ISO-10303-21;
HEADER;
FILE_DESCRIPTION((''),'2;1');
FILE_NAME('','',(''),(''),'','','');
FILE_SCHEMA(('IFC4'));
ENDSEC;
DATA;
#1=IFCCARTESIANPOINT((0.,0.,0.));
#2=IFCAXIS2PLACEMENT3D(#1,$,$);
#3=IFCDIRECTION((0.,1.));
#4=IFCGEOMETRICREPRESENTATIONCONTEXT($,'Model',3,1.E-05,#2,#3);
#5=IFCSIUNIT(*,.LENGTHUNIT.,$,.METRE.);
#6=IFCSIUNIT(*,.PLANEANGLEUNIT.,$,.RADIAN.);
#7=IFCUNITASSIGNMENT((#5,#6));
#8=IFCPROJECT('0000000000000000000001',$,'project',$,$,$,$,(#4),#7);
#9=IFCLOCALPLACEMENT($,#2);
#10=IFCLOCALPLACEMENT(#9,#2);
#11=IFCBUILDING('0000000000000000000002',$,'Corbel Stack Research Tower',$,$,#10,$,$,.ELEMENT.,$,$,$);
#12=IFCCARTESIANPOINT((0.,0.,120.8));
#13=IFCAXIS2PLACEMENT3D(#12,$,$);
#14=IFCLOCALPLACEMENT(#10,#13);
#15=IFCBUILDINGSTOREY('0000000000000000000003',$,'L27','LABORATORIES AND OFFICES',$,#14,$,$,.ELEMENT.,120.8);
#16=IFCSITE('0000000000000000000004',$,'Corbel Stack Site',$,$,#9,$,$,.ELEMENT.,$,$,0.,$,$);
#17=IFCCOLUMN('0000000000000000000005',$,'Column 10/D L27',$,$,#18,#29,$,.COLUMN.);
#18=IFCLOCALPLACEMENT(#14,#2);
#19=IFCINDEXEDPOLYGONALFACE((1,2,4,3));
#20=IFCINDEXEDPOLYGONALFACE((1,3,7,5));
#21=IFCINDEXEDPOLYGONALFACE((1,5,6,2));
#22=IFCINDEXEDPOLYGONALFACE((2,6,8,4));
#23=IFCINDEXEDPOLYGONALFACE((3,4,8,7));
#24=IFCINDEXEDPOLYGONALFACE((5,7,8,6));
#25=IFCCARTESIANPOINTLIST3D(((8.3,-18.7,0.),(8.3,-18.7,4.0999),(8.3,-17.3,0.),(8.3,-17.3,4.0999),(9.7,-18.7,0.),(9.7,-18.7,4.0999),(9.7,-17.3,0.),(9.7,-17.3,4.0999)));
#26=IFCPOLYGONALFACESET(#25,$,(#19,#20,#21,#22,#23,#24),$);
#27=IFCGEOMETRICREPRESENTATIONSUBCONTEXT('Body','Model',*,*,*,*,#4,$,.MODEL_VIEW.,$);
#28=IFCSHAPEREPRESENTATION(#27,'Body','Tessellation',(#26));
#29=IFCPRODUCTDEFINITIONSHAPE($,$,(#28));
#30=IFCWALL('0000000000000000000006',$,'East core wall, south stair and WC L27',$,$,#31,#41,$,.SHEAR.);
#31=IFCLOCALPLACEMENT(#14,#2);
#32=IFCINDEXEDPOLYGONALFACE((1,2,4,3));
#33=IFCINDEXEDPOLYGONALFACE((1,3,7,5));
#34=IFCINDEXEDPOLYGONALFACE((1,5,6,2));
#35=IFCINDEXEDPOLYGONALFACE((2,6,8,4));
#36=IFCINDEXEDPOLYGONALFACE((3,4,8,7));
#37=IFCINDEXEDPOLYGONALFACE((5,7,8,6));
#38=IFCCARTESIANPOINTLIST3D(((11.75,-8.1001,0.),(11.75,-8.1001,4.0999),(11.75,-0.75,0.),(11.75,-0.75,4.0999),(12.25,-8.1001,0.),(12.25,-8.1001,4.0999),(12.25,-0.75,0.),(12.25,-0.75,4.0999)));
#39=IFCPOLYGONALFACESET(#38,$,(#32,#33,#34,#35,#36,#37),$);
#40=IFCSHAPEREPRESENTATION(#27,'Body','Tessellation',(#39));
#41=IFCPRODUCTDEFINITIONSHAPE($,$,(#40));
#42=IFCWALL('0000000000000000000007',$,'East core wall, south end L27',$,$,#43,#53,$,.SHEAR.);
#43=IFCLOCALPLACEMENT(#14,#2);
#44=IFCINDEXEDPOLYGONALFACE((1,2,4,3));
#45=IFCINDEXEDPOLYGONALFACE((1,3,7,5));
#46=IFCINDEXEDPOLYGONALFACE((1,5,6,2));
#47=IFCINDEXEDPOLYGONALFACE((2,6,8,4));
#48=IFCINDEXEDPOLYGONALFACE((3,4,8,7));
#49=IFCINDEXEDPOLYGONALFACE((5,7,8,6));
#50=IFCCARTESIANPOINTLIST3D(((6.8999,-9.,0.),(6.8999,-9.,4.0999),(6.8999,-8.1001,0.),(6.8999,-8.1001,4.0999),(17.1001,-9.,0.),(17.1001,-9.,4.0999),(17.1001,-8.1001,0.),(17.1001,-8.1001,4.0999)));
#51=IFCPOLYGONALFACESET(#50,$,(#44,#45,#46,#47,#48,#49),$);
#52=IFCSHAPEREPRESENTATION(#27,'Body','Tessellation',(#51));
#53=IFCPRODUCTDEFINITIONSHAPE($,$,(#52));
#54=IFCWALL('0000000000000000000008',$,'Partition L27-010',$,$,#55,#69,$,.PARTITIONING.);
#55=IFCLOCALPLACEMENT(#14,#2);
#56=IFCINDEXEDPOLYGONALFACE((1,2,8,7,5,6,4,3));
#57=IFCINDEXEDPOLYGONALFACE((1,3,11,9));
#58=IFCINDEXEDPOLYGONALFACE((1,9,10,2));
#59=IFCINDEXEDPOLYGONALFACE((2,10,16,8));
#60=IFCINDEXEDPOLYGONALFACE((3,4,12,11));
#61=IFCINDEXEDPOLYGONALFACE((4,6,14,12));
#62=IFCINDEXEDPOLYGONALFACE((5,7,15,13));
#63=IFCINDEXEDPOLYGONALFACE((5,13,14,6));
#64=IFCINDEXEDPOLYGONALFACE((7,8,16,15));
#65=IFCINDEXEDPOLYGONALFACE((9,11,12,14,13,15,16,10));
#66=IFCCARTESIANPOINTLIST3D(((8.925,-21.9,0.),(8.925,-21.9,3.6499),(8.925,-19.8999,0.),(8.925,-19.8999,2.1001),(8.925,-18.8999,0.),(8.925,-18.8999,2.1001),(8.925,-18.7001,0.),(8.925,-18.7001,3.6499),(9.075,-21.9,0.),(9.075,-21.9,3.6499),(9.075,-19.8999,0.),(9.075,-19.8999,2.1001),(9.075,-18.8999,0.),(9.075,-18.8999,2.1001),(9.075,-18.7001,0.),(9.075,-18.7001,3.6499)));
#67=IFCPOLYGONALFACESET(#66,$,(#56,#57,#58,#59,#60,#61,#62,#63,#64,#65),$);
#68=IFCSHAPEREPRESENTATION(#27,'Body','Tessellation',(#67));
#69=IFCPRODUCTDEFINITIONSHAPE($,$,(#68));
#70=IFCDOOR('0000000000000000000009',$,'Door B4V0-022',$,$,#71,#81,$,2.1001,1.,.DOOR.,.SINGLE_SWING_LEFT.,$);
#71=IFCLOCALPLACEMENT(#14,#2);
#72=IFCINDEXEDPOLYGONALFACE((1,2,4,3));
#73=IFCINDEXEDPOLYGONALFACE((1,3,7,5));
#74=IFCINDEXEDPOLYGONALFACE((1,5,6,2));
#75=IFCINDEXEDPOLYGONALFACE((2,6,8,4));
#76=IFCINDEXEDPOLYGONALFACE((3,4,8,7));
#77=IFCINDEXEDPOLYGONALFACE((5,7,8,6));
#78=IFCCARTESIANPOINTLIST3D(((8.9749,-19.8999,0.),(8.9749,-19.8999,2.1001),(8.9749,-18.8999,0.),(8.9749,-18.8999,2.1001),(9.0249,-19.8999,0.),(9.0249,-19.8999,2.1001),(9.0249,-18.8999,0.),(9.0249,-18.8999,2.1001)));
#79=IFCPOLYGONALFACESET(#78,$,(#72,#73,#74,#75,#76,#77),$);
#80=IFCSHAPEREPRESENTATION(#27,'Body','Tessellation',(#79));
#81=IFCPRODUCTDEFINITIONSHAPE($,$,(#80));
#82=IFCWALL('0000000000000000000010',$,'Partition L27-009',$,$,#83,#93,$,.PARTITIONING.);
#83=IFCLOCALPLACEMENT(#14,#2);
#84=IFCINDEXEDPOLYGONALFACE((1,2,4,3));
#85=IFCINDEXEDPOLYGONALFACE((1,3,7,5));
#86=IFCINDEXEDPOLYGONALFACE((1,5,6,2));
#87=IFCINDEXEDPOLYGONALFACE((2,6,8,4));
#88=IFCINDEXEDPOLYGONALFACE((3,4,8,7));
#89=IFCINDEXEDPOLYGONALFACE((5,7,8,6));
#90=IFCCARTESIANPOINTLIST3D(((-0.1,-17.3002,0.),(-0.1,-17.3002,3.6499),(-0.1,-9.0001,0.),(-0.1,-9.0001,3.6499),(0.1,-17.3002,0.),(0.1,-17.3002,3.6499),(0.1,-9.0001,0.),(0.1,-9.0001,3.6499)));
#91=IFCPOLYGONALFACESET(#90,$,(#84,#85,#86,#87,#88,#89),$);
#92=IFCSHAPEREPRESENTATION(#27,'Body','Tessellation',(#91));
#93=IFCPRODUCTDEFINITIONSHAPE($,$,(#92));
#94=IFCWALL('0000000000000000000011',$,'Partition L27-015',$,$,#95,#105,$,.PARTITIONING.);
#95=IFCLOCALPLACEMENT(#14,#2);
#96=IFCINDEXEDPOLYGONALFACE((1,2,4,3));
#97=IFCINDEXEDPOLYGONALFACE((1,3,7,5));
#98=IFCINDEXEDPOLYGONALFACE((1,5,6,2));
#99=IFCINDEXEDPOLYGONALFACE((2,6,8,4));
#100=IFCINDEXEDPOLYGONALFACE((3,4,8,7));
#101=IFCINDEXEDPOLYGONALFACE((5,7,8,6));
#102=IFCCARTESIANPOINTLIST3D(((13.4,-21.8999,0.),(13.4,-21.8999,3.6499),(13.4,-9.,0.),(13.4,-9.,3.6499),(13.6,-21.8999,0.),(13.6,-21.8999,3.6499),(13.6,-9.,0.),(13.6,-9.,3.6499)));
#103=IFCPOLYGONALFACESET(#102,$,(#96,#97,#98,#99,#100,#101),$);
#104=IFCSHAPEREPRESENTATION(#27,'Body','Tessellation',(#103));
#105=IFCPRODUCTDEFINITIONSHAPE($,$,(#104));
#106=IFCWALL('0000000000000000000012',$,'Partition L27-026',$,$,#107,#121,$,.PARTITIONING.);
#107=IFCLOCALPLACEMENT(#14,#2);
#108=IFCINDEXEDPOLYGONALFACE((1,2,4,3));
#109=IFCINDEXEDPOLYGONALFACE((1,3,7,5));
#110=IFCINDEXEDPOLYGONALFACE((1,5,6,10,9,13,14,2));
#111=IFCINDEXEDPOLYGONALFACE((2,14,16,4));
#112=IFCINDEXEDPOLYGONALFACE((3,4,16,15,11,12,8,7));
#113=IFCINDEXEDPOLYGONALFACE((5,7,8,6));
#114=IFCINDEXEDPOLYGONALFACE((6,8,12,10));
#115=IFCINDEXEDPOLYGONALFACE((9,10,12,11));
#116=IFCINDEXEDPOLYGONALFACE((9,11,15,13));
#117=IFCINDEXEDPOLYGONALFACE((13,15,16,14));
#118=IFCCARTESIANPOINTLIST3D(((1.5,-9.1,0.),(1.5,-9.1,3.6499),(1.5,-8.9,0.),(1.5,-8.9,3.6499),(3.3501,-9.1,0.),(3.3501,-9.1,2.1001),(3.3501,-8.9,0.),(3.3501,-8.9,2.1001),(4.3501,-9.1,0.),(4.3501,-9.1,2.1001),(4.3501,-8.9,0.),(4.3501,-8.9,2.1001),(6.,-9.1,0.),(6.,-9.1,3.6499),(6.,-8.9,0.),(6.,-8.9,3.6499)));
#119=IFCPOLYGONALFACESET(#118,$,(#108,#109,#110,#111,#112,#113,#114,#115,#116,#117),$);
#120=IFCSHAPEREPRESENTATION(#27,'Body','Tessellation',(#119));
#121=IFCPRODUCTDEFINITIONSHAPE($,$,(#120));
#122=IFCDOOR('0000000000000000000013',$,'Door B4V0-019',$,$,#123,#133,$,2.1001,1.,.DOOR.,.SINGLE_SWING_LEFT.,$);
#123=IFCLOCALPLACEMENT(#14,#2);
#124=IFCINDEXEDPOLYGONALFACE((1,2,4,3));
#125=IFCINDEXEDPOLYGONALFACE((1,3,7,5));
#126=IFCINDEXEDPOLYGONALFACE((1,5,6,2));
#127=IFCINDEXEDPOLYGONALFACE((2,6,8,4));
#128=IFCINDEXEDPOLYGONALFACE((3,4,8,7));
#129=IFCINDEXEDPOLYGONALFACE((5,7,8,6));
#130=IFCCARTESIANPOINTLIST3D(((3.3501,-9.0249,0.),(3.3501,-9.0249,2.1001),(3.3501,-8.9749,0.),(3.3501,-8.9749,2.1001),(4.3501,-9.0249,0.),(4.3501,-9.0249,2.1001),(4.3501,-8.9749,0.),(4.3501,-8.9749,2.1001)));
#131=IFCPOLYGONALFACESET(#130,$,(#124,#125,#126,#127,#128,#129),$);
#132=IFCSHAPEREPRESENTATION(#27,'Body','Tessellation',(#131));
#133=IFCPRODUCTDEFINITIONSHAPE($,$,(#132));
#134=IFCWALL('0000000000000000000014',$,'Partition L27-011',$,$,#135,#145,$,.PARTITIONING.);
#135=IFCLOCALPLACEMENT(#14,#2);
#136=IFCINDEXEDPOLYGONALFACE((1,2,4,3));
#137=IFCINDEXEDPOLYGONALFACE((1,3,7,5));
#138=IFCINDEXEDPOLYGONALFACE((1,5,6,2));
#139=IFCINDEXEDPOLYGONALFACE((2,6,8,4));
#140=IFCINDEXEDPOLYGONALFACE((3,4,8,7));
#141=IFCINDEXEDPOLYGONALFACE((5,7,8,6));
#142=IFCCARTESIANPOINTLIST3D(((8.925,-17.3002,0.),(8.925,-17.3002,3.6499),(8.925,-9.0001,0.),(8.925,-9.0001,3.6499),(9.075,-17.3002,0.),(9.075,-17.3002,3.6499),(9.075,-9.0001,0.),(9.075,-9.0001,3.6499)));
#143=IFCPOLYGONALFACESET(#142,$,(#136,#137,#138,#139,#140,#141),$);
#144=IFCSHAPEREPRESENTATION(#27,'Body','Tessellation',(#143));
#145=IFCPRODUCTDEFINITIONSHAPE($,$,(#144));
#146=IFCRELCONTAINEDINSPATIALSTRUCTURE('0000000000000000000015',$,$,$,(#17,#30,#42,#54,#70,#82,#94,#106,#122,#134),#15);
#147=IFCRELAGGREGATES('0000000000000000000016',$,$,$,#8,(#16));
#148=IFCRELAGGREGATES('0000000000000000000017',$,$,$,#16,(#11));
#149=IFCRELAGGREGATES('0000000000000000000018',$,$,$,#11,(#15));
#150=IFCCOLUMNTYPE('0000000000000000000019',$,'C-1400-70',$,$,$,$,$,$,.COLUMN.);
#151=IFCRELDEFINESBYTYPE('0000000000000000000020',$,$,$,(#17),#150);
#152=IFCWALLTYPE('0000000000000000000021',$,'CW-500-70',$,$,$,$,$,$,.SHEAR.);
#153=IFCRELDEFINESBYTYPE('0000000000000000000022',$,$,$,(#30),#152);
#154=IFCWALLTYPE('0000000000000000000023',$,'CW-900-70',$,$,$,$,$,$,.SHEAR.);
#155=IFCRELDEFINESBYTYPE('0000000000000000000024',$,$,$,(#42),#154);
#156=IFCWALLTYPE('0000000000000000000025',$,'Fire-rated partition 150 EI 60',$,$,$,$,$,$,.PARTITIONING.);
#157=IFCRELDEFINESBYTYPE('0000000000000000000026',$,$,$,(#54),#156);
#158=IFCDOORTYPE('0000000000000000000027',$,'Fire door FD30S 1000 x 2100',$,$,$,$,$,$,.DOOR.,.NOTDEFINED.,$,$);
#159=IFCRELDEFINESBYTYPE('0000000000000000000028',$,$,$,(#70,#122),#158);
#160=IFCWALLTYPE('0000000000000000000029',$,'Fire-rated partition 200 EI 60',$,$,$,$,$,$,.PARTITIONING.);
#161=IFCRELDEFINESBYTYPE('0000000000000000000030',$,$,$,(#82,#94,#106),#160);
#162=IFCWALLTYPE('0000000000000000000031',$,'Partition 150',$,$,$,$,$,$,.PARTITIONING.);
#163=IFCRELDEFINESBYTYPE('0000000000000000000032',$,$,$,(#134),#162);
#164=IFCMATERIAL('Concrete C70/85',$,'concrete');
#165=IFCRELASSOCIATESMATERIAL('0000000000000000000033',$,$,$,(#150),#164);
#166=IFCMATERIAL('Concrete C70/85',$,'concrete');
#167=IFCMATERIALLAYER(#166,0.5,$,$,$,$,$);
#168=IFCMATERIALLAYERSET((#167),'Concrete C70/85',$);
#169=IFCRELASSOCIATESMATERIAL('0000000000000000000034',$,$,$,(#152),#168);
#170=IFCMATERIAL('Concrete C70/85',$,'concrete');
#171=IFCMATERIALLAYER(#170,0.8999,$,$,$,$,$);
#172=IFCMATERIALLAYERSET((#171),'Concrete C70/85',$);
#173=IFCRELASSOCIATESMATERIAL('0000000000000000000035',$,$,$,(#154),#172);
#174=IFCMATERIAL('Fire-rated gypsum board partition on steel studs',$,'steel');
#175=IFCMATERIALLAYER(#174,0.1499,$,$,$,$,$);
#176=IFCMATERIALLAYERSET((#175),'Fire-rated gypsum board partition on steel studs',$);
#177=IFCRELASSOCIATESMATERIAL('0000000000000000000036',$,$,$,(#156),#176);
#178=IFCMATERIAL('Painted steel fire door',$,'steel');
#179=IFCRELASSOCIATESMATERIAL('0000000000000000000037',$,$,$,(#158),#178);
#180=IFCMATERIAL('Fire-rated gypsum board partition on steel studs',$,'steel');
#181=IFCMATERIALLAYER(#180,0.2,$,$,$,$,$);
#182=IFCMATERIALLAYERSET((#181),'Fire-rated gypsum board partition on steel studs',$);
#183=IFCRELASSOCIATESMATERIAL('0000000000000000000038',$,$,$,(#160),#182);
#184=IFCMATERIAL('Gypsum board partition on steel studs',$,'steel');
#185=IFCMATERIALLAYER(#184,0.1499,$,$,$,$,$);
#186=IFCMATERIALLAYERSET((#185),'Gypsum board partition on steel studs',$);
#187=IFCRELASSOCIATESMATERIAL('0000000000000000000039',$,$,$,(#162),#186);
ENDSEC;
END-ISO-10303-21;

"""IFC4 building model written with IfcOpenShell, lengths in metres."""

from ifc_helpers import new_model, si_unit, direction, frame, frame_2d, origin, origin_2d, place, context, subcontext, project, spatial, rectangle, extrude, material, layer, layer_set, material_profile, profile_set, type_object, element, fill, save


model = new_model("IFC4")

# Units and contexts
model_context = context("Model", 3, precision=1e-05, world=origin(), true_north=direction((0.0, 1.0)))
body_context = subcontext(model_context, "Body", "Model", "MODEL_VIEW")
ifc_project = project(units=[si_unit("LENGTHUNIT", "METRE"), si_unit("PLANEANGLEUNIT", "RADIAN")], contexts=[model_context])

# Site, building, storey
site_placement = place(None, origin())
site = spatial("IfcSite", under=ifc_project, at=site_placement, Name="Corbel Stack Site", CompositionType="ELEMENT", RefElevation=0.0)
building_placement = place(site_placement, origin())
building = spatial("IfcBuilding", under=site, at=building_placement, Name="Corbel Stack Research Tower", CompositionType="ELEMENT")
storey_placement = place(building_placement, frame((0.0, 0.0, 120.8)))
storey = spatial("IfcBuildingStorey", under=building, at=storey_placement, Name="L27", Description="LABORATORIES AND OFFICES", CompositionType="ELEMENT", Elevation=120.8)

# Column
ifc_material_1 = material(Name="Concrete C70/85", Category="concrete")
ifc_material_profile = material_profile(ifc_material_1, rectangle(XDim=1.3999, YDim=1.3999, at=origin_2d()), Name="RC 1400 x 1400")
ifc_profile_set = profile_set([ifc_material_profile], Name="Concrete C70/85")
column_type = type_object("IfcColumnType", Name="C-1400-70", PredefinedType="COLUMN", material=ifc_profile_set)
column_placement = place(storey_placement, frame((9.0, -18.0, 0.0), z_axis=(0.0, 0.0, 1.0), x_axis=(1.0, 0.0, 0.0)))
element("IfcColumn", 1, at=column_placement, inside=storey, type_object=column_type, Name="Column 10/D L27", PredefinedType="COLUMN", context=body_context, shape_type="SweptSolid", body=[
    extrude(rectangle(XDim=1.3999, YDim=1.3999, at=origin_2d()), origin(), (0.0, 0.0, 1.0), 4.0999),
])

# Wall
ifc_material_2 = material(Name="Concrete C70/85", Category="concrete")
ifc_layer_1 = layer(ifc_material_2, 0.5)
ifc_layer_set_1 = layer_set([ifc_layer_1], Name="Concrete C70/85")
wall_type_1 = type_object("IfcWallType", Name="CW-500-70", PredefinedType="SHEAR", material=ifc_layer_set_1)
wall_1_placement = place(storey_placement, frame((12.0, -8.1001, 0.0), z_axis=(0.0, 0.0, 1.0), x_axis=(0.0, 1.0, 0.0)))
element("IfcWall", 2, at=wall_1_placement, inside=storey, type_object=wall_type_1, Name="East core wall, south stair and WC L27", PredefinedType="SHEAR", context=body_context, shape_type="SweptSolid", body=[
    extrude(rectangle(XDim=7.3501, YDim=0.5, at=frame_2d((3.675, 0.0))), origin(), (0.0, 0.0, 1.0), 4.0999),
])

# Shared definitions
ifc_material_3 = material(Name="Concrete C70/85", Category="concrete")
ifc_layer_2 = layer(ifc_material_3, 0.8999)
ifc_layer_set_2 = layer_set([ifc_layer_2], Name="Concrete C70/85")
wall_type_2 = type_object("IfcWallType", Name="CW-900-70", PredefinedType="SHEAR", material=ifc_layer_set_2)

# Wall
wall_2_placement = place(storey_placement, frame((6.8999, -8.55, 0.0), z_axis=(0.0, 0.0, 1.0), x_axis=(1.0, 0.0, 0.0)))
element("IfcWall", 3, at=wall_2_placement, inside=storey, type_object=wall_type_2, Name="East core wall, south end L27", PredefinedType="SHEAR", context=body_context, shape_type="SweptSolid", body=[
    extrude(rectangle(XDim=10.2002, YDim=0.8999, at=frame_2d((5.1001, 0.0))), origin(), (0.0, 0.0, 1.0), 4.0999),
])

# Wall, opening, door
ifc_material_4 = material(Name="Fire-rated gypsum board partition on steel studs", Category="steel")
ifc_layer_3 = layer(ifc_material_4, 0.1499)
ifc_layer_set_3 = layer_set([ifc_layer_3], Name="Fire-rated gypsum board partition on steel studs")
wall_type_3 = type_object("IfcWallType", Name="Fire-rated partition 150 EI 60", PredefinedType="PARTITIONING", material=ifc_layer_set_3)
wall_3_placement = place(storey_placement, frame((9.0, -18.7, 0.0), z_axis=(0.0, 0.0, 1.0), x_axis=(0.0, -1.0, 0.0)))
wall_3 = element("IfcWall", 4, at=wall_3_placement, inside=storey, type_object=wall_type_3, Name="Partition L27-010", PredefinedType="PARTITIONING", context=body_context, shape_type="SweptSolid", body=[
    extrude(rectangle(XDim=3.2, YDim=0.1499, at=frame_2d((1.6001, 0.0))), origin(), (0.0, 0.0, 1.0), 3.6499),
])
opening_1_placement = place(wall_3_placement, frame((0.2, 0.0, 0.0)))
opening_1 = element("IfcOpeningElement", 5, at=opening_1_placement, cuts=wall_3, PredefinedType="OPENING", context=body_context, shape_type="SweptSolid", body=[
    extrude(rectangle(XDim=1.0, YDim=2.1001, at=frame_2d((0.5, 1.05))), frame((0.0, 0.085, 0.0), z_axis=(0.0, -1.0, 0.0), x_axis=(1.0, 0.0, 0.0)), (0.0, 0.0, 1.0), 0.1699),
])
ifc_material_5 = material(Name="Painted steel fire door", Category="steel")
door_type_1 = type_object("IfcDoorType", Name="Fire door FD30S 1000 x 2100", OperationType="NOTDEFINED", PredefinedType="DOOR", material=ifc_material_5)
door_1_placement = place(opening_1_placement, origin())
door_1 = element("IfcDoor", 6, at=door_1_placement, inside=storey, type_object=door_type_1, Name="Door B4V0-022", OperationType="SINGLE_SWING_LEFT", OverallHeight=2.1001, OverallWidth=1.0, PredefinedType="DOOR", context=body_context, shape_type="SweptSolid", body=[
    extrude(rectangle(XDim=1.0, YDim=2.1001, at=frame_2d((0.5, 1.05))), frame((0.0, 0.0249, 0.0), z_axis=(0.0, -1.0, 0.0), x_axis=(1.0, 0.0, 0.0)), (0.0, 0.0, 1.0), 0.05),
])
fill(opening_1, door_1)

# Walls
ifc_material_6 = material(Name="Fire-rated gypsum board partition on steel studs", Category="steel")
ifc_layer_4 = layer(ifc_material_6, 0.2)
ifc_layer_set_4 = layer_set([ifc_layer_4], Name="Fire-rated gypsum board partition on steel studs")
wall_type_4 = type_object("IfcWallType", Name="Fire-rated partition 200 EI 60", PredefinedType="PARTITIONING", material=ifc_layer_set_4)
wall_4_placement = place(storey_placement, frame((0.0, -17.3, 0.0), z_axis=(0.0, 0.0, 1.0), x_axis=(0.0, 1.0, 0.0)))
element("IfcWall", 7, at=wall_4_placement, inside=storey, type_object=wall_type_4, Name="Partition L27-009", PredefinedType="PARTITIONING", context=body_context, shape_type="SweptSolid", body=[
    extrude(rectangle(XDim=8.3, YDim=0.2, at=frame_2d((4.1499, 0.0))), origin(), (0.0, 0.0, 1.0), 3.6499),
])
wall_5_placement = place(storey_placement, frame((13.5, -21.8999, 0.0), z_axis=(0.0, 0.0, 1.0), x_axis=(0.0, 1.0, 0.0)))
element("IfcWall", 8, at=wall_5_placement, inside=storey, type_object=wall_type_4, Name="Partition L27-015", PredefinedType="PARTITIONING", context=body_context, shape_type="SweptSolid", body=[
    extrude(rectangle(XDim=12.8999, YDim=0.2, at=frame_2d((6.45, 0.0))), origin(), (0.0, 0.0, 1.0), 3.6499),
])

# Wall, opening, door
wall_6_placement = place(storey_placement, frame((6.0, -9.0, 0.0), z_axis=(0.0, 0.0, 1.0), x_axis=(-1.0, 0.0, 0.0)))
wall_6 = element("IfcWall", 9, at=wall_6_placement, inside=storey, type_object=wall_type_4, Name="Partition L27-026", PredefinedType="PARTITIONING", context=body_context, shape_type="SweptSolid", body=[
    extrude(rectangle(XDim=4.5, YDim=0.2, at=frame_2d((2.25, 0.0))), origin(), (0.0, 0.0, 1.0), 3.6499),
])
opening_2_placement = place(wall_6_placement, frame((1.6499, 0.0, 0.0)))
opening_2 = element("IfcOpeningElement", 10, at=opening_2_placement, cuts=wall_6, PredefinedType="OPENING", context=body_context, shape_type="SweptSolid", body=[
    extrude(rectangle(XDim=1.0, YDim=2.1001, at=frame_2d((0.5, 1.05))), frame((0.0, 0.1099, 0.0), z_axis=(0.0, -1.0, 0.0), x_axis=(1.0, 0.0, 0.0)), (0.0, 0.0, 1.0), 0.22),
])
door_2_placement = place(opening_2_placement, origin())
door_2 = element("IfcDoor", 11, at=door_2_placement, inside=storey, type_object=door_type_1, Name="Door B4V0-019", OperationType="SINGLE_SWING_LEFT", OverallHeight=2.1001, OverallWidth=1.0, PredefinedType="DOOR", context=body_context, shape_type="SweptSolid", body=[
    extrude(rectangle(XDim=1.0, YDim=2.1001, at=frame_2d((0.5, 1.05))), frame((0.0, 0.0249, 0.0), z_axis=(0.0, -1.0, 0.0), x_axis=(1.0, 0.0, 0.0)), (0.0, 0.0, 1.0), 0.05),
])
fill(opening_2, door_2)

# Wall
ifc_material_7 = material(Name="Gypsum board partition on steel studs", Category="steel")
ifc_layer_5 = layer(ifc_material_7, 0.1499)
ifc_layer_set_5 = layer_set([ifc_layer_5], Name="Gypsum board partition on steel studs")
wall_type_5 = type_object("IfcWallType", Name="Partition 150", PredefinedType="PARTITIONING", material=ifc_layer_set_5)
wall_7_placement = place(storey_placement, frame((9.0, -17.3, 0.0), z_axis=(0.0, 0.0, 1.0), x_axis=(0.0, 1.0, 0.0)))
element("IfcWall", 12, at=wall_7_placement, inside=storey, type_object=wall_type_5, Name="Partition L27-011", PredefinedType="PARTITIONING", context=body_context, shape_type="SweptSolid", body=[
    extrude(rectangle(XDim=8.3, YDim=0.1499, at=frame_2d((4.1499, 0.0))), origin(), (0.0, 0.0, 1.0), 3.6499),
])

save(model, "model.ifc")
